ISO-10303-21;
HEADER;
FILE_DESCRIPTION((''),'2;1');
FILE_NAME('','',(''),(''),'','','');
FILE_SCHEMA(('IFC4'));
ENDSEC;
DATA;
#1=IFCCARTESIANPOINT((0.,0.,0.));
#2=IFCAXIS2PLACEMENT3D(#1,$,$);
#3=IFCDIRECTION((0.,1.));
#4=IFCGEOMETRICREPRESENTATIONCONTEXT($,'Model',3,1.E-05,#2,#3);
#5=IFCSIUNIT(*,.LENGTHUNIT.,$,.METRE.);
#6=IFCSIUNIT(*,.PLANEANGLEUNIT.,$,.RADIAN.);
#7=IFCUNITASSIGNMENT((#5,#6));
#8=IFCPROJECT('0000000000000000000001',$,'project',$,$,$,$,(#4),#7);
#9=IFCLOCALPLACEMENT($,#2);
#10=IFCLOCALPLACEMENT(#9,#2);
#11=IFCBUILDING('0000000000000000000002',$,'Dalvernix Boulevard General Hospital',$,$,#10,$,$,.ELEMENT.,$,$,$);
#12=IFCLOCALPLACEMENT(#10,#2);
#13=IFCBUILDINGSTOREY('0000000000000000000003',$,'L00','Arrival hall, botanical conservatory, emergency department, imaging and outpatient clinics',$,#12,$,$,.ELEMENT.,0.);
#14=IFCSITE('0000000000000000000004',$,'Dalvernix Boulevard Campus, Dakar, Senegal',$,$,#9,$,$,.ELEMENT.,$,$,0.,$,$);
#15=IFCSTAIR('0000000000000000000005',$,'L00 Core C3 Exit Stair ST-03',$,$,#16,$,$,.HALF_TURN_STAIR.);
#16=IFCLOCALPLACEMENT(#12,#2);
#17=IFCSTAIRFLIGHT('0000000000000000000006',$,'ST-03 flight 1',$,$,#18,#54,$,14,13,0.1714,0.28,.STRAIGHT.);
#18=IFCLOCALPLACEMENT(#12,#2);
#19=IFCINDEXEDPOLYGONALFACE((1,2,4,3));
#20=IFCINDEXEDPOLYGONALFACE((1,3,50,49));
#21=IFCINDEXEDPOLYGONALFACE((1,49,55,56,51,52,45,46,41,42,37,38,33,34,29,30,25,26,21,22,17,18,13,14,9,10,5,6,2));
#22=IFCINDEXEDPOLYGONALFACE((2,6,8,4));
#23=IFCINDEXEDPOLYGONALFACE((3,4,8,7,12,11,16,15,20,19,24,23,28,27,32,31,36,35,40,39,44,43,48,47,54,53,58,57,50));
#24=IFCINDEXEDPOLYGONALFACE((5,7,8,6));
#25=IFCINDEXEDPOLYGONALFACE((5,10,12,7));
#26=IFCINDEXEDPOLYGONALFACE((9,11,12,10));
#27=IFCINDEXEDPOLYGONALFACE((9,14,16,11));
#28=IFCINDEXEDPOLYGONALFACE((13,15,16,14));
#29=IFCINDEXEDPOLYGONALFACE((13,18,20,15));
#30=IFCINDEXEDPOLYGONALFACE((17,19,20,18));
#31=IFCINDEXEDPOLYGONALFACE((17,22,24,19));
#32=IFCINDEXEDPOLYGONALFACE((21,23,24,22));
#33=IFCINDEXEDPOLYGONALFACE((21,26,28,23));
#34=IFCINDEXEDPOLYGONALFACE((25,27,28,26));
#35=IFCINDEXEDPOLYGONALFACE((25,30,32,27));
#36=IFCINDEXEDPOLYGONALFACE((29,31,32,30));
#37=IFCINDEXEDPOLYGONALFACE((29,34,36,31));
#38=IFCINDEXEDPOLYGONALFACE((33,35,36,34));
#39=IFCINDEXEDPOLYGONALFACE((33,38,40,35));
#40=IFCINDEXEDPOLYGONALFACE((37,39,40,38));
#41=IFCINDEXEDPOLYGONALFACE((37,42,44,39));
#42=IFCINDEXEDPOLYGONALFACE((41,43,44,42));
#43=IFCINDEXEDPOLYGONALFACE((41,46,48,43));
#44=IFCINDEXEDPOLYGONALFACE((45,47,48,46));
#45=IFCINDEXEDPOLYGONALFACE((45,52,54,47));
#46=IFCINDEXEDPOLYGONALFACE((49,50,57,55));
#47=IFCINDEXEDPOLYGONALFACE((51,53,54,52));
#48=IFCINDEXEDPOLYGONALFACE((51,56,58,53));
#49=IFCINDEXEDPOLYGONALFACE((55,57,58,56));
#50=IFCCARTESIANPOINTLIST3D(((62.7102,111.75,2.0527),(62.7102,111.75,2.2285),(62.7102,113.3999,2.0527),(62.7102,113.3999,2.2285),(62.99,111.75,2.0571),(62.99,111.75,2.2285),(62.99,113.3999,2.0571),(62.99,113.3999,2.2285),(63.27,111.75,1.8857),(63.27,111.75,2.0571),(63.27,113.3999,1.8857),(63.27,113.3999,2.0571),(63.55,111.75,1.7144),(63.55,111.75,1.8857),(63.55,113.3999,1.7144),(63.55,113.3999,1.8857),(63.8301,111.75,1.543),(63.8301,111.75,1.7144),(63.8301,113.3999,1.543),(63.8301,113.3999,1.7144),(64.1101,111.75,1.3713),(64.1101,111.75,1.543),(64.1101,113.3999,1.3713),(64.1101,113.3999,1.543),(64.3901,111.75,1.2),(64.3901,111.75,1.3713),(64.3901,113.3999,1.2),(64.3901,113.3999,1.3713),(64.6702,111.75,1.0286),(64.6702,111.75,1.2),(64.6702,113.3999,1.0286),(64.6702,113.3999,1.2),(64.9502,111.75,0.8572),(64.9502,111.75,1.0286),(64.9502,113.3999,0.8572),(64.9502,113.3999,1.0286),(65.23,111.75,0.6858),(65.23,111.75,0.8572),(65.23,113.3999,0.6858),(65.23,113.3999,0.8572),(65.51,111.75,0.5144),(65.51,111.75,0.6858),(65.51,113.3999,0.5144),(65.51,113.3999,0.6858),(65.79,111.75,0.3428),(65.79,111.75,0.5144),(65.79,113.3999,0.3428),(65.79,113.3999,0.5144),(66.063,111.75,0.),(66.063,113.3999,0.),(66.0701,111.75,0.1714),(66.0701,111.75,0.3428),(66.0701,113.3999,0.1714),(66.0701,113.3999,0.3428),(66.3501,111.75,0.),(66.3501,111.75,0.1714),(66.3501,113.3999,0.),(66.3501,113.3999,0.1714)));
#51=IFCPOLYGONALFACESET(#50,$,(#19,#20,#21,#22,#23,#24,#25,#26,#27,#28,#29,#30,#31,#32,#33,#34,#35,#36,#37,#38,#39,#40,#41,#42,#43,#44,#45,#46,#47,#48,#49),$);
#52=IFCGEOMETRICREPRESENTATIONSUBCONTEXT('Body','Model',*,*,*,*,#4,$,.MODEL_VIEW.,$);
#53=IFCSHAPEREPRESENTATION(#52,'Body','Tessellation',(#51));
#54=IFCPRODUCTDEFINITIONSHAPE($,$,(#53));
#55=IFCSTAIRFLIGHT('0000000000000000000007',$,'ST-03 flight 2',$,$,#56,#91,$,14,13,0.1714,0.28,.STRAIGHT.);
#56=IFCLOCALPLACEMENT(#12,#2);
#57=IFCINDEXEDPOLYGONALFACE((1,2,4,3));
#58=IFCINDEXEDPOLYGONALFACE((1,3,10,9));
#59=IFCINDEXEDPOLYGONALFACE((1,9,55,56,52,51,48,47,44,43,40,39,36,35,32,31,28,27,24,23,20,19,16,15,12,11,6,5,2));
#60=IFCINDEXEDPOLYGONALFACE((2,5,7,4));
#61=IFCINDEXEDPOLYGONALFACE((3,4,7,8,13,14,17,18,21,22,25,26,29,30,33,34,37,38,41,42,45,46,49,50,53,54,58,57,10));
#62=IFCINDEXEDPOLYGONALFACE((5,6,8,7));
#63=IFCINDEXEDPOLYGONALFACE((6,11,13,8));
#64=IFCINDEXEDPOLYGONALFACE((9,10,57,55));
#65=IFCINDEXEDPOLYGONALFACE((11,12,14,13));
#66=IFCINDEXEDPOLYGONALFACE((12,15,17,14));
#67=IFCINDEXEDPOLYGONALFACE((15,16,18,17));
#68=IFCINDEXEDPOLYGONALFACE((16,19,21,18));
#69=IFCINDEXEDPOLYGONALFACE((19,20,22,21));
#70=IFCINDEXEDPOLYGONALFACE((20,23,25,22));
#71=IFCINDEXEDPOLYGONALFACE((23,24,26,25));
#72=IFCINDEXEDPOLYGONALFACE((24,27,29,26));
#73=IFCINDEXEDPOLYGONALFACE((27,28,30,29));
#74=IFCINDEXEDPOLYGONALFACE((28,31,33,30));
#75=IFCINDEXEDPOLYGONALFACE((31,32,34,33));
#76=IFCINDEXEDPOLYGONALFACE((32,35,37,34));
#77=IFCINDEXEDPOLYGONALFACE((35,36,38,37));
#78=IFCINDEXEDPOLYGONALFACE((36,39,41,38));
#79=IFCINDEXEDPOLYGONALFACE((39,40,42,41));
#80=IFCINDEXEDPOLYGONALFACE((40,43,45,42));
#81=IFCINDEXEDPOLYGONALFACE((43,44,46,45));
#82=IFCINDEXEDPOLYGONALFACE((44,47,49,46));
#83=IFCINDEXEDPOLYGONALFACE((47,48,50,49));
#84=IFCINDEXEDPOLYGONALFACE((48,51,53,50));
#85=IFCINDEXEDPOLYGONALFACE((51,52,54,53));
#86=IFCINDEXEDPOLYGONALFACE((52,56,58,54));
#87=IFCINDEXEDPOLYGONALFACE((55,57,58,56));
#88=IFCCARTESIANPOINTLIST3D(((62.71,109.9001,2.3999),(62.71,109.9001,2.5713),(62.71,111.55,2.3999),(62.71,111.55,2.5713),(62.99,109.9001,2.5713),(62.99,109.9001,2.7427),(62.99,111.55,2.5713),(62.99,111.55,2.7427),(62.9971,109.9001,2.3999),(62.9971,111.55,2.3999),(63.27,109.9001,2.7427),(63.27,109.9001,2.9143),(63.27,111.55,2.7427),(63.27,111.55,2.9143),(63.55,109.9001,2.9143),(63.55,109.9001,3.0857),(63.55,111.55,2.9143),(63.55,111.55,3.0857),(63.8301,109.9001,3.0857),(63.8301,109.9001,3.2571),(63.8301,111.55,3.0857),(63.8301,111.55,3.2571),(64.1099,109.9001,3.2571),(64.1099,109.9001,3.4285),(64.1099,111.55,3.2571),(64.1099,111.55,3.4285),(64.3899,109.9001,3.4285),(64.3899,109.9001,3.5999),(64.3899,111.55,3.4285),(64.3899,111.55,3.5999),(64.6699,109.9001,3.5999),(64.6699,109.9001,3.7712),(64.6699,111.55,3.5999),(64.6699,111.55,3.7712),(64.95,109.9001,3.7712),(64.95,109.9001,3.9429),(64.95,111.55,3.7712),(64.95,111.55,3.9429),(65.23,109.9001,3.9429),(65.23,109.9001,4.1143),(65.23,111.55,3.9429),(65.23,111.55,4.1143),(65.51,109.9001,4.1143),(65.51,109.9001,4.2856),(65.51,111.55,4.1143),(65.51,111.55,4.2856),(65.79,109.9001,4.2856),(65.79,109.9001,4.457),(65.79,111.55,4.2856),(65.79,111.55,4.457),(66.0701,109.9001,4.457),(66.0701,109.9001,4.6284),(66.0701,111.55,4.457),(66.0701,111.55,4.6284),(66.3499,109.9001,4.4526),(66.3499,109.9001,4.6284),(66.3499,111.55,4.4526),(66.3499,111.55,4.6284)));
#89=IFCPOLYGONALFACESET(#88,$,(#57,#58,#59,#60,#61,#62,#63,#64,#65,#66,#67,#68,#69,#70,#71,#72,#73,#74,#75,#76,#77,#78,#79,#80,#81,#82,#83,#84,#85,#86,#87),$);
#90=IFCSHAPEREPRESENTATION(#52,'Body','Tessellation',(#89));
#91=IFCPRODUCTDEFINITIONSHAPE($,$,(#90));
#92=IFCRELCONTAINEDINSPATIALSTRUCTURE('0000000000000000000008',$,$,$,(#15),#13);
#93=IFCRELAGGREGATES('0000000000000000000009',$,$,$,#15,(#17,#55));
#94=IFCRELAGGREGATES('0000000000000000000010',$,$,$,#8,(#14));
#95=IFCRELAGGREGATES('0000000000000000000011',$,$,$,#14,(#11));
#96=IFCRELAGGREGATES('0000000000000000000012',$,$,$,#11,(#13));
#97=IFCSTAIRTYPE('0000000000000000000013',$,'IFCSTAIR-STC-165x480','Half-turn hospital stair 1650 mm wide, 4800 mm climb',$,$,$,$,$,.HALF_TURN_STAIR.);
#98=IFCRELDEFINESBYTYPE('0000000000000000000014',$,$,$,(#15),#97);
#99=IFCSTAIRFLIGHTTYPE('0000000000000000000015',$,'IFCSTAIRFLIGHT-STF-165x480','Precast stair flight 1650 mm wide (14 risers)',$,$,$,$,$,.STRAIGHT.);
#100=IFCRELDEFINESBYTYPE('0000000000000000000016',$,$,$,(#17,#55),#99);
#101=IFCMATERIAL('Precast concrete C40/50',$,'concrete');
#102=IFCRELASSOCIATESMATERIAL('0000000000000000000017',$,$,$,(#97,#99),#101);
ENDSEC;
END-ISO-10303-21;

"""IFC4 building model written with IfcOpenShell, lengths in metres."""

from ifc_helpers import new_model, si_unit, direction, frame, origin, place, context, subcontext, project, spatial, polyline, outline, extrude, material, type_object, element, aggregate, save


model = new_model("IFC4")

# Units and contexts
model_context = context("Model", 3, precision=1e-05, world=origin(), true_north=direction((0.0, 1.0)))
body_context = subcontext(model_context, "Body", "Model", "MODEL_VIEW")
ifc_project = project(units=[si_unit("LENGTHUNIT", "METRE"), si_unit("PLANEANGLEUNIT", "RADIAN")], contexts=[model_context])

# Site, building, storey
site_placement = place(None, origin())
site = spatial("IfcSite", under=ifc_project, at=site_placement, Name="Dalvernix Boulevard Campus, Dakar, Senegal", CompositionType="ELEMENT", RefElevation=0.0)
building_placement = place(site_placement, origin())
building = spatial("IfcBuilding", under=site, at=building_placement, Name="Dalvernix Boulevard General Hospital", CompositionType="ELEMENT")
storey_placement = place(building_placement, origin())
storey = spatial("IfcBuildingStorey", under=building, at=storey_placement, Name="L00", Description="Arrival hall, botanical conservatory, emergency department, imaging and outpatient clinics", CompositionType="ELEMENT", Elevation=0.0)

# Stair, stair flights
ifc_material_1 = material(Name="Precast concrete C40/50", Category="concrete")
stair_type = type_object("IfcStairType", Name="IFCSTAIR-STC-165x480", Description="Half-turn hospital stair 1650 mm wide, 4800 mm climb", PredefinedType="HALF_TURN_STAIR", material=ifc_material_1)
stair_placement = place(storey_placement, origin())
stair = element("IfcStair", 1, at=stair_placement, inside=storey, type_object=stair_type, Name="L00 Core C3 Exit Stair ST-03", PredefinedType="HALF_TURN_STAIR")
stair_flight_type = type_object("IfcStairFlightType", Name="IFCSTAIRFLIGHT-STF-165x480", Description="Precast stair flight 1650 mm wide (14 risers)", PredefinedType="STRAIGHT", material=ifc_material_1)
stair_flight_1_placement = place(storey_placement, frame((66.3501, 112.575, 0.0), z_axis=(0.0, 0.0, 1.0), x_axis=(-1.0, 0.0, 0.0)))
stair_flight_1 = element("IfcStairFlight", 2, at=stair_flight_1_placement, type_object=stair_flight_type, Name="ST-03 flight 1", NumberOfRisers=14, NumberOfTreads=13, PredefinedType="STRAIGHT", RiserHeight=0.1714, TreadLength=0.28, context=body_context, shape_type="SweptSolid", body=[
    extrude(outline(polyline([(0.0, 0.0), (0.0, 0.1714), (0.28, 0.1714), (0.28, 0.3428), (0.5601, 0.3428), (0.5601, 0.5144), (0.8401, 0.5144), (0.8401, 0.6858), (1.1201, 0.6858), (1.1201, 0.8572), (1.3999, 0.8572), (1.3999, 1.0286), (1.6799, 1.0286), (1.6799, 1.2), (1.96, 1.2), (1.96, 1.3713), (2.24, 1.3713), (2.24, 1.543), (2.52, 1.543), (2.52, 1.7144), (2.8, 1.7144), (2.8, 1.8857), (3.0801, 1.8857), (3.0801, 2.0571), (3.3601, 2.0571), (3.3601, 2.2285), (3.6399, 2.2285), (3.6399, 2.3999), (3.6399, 2.0527), (0.2871, 0.0), (0.0, 0.0)])), frame((0.0, 0.825, 0.0), z_axis=(0.0, -1.0, 0.0), x_axis=(1.0, 0.0, 0.0)), (0.0, 0.0, 1.0), 1.6499),
])
stair_flight_2_placement = place(storey_placement, frame((62.71, 110.7251, 2.3999), z_axis=(0.0, 0.0, 1.0), x_axis=(1.0, 0.0, 0.0)))
stair_flight_2 = element("IfcStairFlight", 3, at=stair_flight_2_placement, type_object=stair_flight_type, Name="ST-03 flight 2", NumberOfRisers=14, NumberOfTreads=13, PredefinedType="STRAIGHT", RiserHeight=0.1714, TreadLength=0.28, context=body_context, shape_type="SweptSolid", body=[
    extrude(outline(polyline([(0.0, 0.0), (0.0, 0.1714), (0.28, 0.1714), (0.28, 0.3428), (0.5601, 0.3428), (0.5601, 0.5144), (0.8401, 0.5144), (0.8401, 0.6858), (1.1201, 0.6858), (1.1201, 0.8572), (1.3999, 0.8572), (1.3999, 1.0286), (1.6799, 1.0286), (1.6799, 1.2), (1.96, 1.2), (1.96, 1.3713), (2.24, 1.3713), (2.24, 1.543), (2.52, 1.543), (2.52, 1.7144), (2.8, 1.7144), (2.8, 1.8857), (3.0801, 1.8857), (3.0801, 2.0571), (3.3601, 2.0571), (3.3601, 2.2285), (3.6399, 2.2285), (3.6399, 2.3999), (3.6399, 2.0527), (0.2871, 0.0), (0.0, 0.0)])), frame((0.0, 0.825, 0.0), z_axis=(0.0, -1.0, 0.0), x_axis=(1.0, 0.0, 0.0)), (0.0, 0.0, 1.0), 1.6499),
])
aggregate(stair, [stair_flight_1, stair_flight_2])

save(model, "model.ifc")
